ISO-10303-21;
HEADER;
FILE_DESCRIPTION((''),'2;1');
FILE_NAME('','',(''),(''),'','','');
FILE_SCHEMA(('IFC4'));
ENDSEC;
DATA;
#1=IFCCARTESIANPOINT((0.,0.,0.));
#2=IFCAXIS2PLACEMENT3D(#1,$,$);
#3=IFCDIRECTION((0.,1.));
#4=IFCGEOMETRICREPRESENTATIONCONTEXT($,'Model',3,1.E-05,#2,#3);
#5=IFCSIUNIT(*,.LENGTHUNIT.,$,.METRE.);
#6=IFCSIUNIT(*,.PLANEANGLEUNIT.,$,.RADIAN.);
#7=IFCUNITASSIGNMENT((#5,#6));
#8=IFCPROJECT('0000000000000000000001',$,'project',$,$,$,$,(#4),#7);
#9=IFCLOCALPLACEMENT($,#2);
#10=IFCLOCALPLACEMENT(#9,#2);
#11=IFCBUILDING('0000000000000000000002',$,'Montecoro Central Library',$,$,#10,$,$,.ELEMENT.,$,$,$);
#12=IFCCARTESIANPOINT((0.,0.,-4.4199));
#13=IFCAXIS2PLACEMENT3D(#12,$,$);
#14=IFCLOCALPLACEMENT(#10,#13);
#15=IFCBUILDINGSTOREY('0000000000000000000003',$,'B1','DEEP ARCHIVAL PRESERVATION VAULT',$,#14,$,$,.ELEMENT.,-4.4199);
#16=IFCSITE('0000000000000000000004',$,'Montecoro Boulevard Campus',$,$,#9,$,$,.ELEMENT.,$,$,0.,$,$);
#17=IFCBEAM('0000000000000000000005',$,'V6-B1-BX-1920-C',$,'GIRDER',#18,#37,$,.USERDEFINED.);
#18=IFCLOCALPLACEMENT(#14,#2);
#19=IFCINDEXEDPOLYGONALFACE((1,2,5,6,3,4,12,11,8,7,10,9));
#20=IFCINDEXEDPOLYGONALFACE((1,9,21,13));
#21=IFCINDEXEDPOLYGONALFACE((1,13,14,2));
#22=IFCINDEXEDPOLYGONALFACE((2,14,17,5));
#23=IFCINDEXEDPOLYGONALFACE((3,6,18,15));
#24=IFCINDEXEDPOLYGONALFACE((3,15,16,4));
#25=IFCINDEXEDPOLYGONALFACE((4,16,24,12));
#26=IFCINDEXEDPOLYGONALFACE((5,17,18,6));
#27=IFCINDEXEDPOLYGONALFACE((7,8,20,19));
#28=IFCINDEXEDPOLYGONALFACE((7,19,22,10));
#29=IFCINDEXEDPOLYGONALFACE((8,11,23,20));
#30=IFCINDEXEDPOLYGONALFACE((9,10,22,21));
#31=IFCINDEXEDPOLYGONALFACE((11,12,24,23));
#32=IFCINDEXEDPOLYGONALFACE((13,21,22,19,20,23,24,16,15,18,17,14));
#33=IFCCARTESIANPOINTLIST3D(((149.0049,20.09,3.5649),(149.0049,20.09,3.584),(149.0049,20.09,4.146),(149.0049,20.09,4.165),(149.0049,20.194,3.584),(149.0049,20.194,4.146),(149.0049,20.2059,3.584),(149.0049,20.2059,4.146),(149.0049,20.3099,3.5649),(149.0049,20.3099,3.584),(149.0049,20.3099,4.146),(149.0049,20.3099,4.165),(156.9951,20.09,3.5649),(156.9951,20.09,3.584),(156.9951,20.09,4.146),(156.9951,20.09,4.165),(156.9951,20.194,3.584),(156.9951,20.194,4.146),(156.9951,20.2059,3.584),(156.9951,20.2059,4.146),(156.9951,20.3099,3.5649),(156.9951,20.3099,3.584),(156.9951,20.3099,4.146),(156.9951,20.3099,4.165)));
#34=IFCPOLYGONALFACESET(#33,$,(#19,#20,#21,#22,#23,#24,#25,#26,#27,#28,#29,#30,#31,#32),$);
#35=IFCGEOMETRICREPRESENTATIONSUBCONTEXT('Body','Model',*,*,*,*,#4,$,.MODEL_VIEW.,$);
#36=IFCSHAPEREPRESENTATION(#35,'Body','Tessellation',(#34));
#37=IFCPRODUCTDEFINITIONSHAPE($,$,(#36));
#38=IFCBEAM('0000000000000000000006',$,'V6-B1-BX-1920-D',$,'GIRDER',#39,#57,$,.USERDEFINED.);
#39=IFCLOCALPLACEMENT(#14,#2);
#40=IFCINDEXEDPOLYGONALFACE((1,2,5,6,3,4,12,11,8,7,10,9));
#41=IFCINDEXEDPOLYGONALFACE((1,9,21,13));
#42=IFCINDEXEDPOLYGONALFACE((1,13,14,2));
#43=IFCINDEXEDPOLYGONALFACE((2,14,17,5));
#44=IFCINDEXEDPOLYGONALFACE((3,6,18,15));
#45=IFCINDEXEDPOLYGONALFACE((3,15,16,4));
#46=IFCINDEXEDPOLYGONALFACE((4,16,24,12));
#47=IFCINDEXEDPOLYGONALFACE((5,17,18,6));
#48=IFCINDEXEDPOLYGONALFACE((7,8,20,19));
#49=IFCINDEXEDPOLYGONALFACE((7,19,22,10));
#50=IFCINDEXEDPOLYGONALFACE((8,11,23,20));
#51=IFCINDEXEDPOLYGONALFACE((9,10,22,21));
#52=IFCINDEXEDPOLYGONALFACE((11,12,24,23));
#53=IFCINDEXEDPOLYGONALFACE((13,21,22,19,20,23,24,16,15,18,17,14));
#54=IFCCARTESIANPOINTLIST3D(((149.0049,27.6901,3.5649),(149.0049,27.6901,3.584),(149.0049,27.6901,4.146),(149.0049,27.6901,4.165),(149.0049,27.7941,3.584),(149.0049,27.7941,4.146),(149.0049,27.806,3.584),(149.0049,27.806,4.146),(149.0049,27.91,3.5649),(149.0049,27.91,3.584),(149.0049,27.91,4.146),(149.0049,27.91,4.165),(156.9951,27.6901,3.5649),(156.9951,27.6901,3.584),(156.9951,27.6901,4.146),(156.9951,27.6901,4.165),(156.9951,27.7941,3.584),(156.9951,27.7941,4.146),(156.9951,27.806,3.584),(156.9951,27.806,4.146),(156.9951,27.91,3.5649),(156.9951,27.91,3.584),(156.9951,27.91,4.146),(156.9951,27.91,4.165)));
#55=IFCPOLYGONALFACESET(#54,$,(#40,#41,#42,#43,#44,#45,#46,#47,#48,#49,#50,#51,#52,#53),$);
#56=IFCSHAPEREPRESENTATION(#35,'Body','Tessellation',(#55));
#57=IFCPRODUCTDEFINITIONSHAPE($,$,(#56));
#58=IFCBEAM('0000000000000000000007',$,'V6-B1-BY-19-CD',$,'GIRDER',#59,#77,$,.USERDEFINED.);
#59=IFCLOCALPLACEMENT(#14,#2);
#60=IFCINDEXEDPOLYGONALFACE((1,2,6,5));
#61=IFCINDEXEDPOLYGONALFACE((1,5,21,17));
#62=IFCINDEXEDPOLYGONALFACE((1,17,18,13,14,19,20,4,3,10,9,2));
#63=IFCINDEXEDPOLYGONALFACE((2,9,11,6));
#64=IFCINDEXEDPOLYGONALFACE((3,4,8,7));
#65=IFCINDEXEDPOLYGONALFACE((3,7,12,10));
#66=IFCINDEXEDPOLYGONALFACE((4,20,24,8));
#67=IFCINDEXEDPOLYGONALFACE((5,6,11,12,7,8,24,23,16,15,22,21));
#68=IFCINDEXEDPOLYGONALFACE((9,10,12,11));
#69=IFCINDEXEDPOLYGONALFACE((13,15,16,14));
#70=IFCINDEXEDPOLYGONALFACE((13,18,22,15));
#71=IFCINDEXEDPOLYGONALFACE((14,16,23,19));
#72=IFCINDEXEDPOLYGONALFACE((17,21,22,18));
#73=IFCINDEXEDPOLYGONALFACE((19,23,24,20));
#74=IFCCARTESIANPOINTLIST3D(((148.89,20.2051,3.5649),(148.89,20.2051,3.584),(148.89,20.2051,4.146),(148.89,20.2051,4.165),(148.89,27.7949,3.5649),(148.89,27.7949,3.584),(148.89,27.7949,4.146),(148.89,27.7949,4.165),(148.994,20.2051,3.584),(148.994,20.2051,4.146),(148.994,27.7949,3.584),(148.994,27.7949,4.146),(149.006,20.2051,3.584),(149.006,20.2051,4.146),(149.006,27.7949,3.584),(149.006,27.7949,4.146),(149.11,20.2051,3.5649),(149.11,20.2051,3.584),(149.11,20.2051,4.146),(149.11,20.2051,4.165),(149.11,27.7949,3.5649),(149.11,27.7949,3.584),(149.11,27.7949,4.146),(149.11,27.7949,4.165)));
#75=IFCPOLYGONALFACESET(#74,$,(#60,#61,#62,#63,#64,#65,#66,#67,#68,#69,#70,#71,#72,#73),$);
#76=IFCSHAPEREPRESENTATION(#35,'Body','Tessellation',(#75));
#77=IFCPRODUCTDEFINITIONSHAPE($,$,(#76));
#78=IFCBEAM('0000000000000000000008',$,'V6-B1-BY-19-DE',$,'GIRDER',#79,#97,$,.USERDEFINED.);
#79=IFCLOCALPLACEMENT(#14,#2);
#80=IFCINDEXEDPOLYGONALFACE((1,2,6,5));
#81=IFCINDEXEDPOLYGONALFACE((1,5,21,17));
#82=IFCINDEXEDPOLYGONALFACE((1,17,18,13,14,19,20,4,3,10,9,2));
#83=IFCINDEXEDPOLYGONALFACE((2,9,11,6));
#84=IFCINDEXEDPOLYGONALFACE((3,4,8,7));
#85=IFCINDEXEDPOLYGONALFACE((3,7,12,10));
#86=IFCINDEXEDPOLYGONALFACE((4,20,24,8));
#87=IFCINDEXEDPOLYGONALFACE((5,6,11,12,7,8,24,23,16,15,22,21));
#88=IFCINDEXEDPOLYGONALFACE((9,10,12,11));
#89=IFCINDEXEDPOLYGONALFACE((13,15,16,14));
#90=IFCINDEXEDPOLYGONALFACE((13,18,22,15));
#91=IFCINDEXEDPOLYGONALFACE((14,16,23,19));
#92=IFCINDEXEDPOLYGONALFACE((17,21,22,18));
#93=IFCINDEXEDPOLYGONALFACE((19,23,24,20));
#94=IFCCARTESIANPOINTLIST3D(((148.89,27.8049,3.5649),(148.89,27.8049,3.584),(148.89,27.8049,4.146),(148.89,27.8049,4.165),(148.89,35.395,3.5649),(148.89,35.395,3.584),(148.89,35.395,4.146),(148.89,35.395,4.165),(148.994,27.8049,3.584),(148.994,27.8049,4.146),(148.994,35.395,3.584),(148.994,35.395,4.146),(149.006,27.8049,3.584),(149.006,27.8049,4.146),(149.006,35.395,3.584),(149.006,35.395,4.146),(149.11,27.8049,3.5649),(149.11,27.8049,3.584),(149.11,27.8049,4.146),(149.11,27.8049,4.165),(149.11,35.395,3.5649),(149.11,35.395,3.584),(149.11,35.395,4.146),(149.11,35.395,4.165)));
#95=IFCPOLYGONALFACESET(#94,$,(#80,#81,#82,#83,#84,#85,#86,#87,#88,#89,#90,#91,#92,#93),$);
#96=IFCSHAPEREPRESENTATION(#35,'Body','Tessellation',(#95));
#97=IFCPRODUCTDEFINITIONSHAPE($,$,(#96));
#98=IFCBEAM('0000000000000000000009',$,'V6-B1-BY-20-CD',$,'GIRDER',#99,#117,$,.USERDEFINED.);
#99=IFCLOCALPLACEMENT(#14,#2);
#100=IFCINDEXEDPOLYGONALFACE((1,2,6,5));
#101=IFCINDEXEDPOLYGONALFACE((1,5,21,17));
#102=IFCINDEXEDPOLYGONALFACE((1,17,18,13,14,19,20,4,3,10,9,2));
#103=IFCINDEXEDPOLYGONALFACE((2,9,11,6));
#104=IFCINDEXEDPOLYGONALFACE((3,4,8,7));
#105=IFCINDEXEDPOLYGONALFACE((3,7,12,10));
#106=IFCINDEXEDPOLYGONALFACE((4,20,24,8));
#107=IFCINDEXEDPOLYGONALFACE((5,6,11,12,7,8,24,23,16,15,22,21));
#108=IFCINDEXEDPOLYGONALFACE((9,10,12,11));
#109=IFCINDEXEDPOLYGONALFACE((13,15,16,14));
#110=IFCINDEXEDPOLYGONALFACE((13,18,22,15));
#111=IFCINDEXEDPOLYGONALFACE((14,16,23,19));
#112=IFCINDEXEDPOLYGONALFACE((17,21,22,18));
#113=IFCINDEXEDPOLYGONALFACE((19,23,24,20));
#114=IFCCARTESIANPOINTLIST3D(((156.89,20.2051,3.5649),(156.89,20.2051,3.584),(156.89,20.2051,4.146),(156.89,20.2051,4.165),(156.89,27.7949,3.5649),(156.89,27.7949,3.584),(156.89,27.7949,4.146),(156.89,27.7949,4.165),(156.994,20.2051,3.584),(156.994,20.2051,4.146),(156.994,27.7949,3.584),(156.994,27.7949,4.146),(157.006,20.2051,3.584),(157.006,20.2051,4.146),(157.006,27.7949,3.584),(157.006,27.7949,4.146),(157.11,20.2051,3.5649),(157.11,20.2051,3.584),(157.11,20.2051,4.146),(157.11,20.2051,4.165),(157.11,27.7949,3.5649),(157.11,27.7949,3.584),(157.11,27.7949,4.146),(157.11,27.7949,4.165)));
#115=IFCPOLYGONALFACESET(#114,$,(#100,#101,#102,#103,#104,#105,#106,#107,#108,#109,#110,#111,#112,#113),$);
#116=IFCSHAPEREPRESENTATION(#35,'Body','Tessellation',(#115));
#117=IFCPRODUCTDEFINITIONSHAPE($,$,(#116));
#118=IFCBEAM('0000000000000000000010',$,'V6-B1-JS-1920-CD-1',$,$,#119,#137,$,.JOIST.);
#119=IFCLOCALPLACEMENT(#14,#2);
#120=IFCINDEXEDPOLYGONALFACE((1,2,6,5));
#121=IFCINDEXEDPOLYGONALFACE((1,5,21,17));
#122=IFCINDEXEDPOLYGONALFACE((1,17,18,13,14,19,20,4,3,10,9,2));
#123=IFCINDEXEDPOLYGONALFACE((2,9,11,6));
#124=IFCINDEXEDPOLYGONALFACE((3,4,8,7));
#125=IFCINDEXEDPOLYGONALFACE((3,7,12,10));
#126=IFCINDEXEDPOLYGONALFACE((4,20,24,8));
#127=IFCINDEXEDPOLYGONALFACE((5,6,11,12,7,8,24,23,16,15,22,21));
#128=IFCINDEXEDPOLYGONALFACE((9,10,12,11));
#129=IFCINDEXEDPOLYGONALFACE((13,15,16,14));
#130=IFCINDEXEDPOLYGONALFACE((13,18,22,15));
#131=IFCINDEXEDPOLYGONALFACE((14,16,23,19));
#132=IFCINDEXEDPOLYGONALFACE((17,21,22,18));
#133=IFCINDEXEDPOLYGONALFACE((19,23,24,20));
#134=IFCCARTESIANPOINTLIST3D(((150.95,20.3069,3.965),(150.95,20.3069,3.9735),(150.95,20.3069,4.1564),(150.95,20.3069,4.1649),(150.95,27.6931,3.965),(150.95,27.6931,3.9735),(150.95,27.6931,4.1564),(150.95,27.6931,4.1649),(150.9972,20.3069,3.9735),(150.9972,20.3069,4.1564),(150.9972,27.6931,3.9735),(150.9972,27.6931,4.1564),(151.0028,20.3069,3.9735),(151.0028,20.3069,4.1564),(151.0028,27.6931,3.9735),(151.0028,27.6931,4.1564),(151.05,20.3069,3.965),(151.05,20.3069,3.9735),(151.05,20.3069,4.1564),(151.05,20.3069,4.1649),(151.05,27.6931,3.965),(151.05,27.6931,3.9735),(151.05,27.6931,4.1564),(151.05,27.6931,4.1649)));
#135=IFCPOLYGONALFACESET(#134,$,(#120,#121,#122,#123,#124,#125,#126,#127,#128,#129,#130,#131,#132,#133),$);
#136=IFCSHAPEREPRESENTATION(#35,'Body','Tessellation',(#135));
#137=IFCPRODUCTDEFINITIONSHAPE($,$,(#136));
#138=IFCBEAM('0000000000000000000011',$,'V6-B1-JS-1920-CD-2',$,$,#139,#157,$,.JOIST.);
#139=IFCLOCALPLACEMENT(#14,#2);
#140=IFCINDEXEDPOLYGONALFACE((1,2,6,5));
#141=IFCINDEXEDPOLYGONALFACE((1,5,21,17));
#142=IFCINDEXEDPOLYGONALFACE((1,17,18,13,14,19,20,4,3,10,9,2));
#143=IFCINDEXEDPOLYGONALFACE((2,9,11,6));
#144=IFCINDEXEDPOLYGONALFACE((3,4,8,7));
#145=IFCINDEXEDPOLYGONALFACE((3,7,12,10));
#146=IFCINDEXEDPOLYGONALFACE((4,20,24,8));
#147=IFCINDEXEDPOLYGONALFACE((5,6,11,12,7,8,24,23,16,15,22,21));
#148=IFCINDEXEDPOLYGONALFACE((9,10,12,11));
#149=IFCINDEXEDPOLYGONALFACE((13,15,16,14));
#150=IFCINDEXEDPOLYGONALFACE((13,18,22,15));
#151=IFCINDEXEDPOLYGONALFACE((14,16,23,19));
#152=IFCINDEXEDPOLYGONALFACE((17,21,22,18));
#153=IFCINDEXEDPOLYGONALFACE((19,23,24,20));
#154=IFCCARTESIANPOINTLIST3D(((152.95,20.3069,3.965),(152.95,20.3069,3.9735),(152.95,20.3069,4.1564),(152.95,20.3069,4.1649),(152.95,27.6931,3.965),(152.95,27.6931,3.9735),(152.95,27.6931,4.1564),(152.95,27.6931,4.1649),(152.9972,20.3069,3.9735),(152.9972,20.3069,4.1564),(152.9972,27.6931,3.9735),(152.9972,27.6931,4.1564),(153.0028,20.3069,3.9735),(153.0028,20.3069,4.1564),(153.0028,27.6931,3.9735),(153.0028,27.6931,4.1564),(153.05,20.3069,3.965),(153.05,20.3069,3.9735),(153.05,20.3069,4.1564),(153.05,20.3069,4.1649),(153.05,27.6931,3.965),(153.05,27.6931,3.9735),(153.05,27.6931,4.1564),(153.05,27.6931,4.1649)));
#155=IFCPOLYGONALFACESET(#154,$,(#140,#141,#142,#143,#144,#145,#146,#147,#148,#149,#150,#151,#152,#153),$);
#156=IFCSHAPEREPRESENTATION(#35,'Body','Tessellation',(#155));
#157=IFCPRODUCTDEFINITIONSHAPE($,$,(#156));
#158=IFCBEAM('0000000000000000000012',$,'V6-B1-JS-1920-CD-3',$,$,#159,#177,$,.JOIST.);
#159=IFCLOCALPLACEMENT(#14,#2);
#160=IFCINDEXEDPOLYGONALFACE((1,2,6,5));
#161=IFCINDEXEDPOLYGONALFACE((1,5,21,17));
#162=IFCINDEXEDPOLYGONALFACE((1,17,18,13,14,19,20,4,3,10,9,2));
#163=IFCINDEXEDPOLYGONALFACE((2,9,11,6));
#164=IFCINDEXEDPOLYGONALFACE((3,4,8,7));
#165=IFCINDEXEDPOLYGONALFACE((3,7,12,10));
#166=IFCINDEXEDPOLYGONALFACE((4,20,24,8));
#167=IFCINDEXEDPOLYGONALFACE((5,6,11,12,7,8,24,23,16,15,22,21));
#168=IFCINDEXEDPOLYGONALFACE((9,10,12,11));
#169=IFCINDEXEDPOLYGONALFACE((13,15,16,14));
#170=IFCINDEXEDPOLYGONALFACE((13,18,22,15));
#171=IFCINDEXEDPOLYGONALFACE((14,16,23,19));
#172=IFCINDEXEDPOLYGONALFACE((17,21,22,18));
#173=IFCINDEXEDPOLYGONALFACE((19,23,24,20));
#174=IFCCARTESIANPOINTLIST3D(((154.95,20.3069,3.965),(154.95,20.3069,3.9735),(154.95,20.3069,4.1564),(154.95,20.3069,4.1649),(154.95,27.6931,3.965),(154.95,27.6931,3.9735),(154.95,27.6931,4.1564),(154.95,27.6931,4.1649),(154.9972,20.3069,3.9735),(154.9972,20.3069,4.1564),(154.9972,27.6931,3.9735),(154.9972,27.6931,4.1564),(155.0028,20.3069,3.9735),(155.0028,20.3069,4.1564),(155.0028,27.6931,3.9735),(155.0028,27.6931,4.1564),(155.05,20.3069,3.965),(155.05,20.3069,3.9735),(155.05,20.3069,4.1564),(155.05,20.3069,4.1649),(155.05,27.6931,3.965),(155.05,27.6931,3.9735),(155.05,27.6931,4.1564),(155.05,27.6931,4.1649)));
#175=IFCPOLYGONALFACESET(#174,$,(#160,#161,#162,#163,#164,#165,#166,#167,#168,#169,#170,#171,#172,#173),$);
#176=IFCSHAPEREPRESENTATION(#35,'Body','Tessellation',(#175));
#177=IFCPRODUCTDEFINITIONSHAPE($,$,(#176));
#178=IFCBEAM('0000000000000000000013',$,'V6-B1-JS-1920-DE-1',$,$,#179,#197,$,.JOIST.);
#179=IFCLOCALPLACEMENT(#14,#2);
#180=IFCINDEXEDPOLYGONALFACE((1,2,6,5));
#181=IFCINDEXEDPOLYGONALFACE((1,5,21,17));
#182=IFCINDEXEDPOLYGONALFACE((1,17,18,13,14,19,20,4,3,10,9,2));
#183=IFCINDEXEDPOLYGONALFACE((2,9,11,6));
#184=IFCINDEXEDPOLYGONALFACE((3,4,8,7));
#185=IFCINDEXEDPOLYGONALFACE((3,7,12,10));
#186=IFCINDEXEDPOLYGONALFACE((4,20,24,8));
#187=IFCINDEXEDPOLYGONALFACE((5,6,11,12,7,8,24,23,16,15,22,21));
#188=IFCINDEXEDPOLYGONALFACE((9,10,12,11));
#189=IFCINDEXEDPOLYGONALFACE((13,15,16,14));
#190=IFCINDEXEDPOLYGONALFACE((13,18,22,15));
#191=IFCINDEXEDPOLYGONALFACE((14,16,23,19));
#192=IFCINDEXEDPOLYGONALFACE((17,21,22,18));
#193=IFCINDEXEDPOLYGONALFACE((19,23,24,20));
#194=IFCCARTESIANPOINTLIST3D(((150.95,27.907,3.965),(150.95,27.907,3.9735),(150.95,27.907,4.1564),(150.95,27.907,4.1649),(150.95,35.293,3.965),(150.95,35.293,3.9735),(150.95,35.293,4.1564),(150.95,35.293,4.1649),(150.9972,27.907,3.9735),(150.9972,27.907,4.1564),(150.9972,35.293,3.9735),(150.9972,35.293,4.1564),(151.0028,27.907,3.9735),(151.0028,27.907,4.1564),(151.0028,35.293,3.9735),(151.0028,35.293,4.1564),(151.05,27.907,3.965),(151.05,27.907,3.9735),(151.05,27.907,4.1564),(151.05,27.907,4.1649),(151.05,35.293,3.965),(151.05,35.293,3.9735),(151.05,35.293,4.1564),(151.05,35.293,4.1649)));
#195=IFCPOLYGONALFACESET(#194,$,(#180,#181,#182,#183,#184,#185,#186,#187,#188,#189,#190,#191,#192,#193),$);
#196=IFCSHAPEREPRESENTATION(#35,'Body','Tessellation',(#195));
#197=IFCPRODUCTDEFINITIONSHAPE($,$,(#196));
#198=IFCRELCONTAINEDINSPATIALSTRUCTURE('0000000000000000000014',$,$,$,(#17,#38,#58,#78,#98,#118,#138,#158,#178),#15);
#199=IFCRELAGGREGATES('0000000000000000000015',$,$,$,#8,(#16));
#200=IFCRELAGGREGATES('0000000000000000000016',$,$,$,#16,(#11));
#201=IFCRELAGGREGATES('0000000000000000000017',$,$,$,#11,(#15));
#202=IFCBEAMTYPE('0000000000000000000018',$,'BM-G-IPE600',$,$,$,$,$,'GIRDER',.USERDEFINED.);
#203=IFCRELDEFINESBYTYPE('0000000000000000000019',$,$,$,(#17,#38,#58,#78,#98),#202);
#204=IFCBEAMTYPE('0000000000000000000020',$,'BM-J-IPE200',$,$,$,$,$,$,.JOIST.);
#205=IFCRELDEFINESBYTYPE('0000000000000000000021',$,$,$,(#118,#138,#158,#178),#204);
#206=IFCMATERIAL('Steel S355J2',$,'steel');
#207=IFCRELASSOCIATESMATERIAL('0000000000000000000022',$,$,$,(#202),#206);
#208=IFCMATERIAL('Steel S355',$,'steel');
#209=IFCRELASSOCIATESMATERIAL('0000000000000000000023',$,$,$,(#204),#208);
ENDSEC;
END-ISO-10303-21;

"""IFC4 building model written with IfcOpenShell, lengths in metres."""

from ifc_helpers import new_model, si_unit, direction, frame, origin, origin_2d, place, context, subcontext, project, spatial, i_section, extrude, material, material_profile, profile_set, type_object, element, save


model = new_model("IFC4")

# Units and contexts
model_context = context("Model", 3, precision=1e-05, world=origin(), true_north=direction((0.0, 1.0)))
body_context = subcontext(model_context, "Body", "Model", "MODEL_VIEW")
ifc_project = project(units=[si_unit("LENGTHUNIT", "METRE"), si_unit("PLANEANGLEUNIT", "RADIAN")], contexts=[model_context])

# Site, building, storey
site_placement = place(None, origin())
site = spatial("IfcSite", under=ifc_project, at=site_placement, Name="Montecoro Boulevard Campus", CompositionType="ELEMENT", RefElevation=0.0)
building_placement = place(site_placement, origin())
building = spatial("IfcBuilding", under=site, at=building_placement, Name="Montecoro Central Library", CompositionType="ELEMENT")
storey_placement = place(building_placement, frame((0.0, 0.0, -4.4199)))
storey = spatial("IfcBuildingStorey", under=building, at=storey_placement, Name="B1", Description="DEEP ARCHIVAL PRESERVATION VAULT", CompositionType="ELEMENT", Elevation=-4.4199)

# Shared definitions
ifc_material_1 = material(Name="Steel S355J2", Category="steel")

# Beams
ifc_material_profile_1 = material_profile(ifc_material_1, i_section(OverallWidth=0.22, OverallDepth=0.6001, WebThickness=0.012, FlangeThickness=0.019, at=origin_2d()), Name="IPE 600")
ifc_profile_set_1 = profile_set([ifc_material_profile_1], Name="Steel S355J2")
beam_type_1 = type_object("IfcBeamType", Name="BM-G-IPE600", ElementType="GIRDER", PredefinedType="USERDEFINED", material=ifc_profile_set_1)
for number, where, z_axis, x_axis, name in (
    (1, (149.0049, 20.2, 3.865), (1.0, 0.0, 0.0), (0.0, 1.0, 0.0), "V6-B1-BX-1920-C"),
    (2, (149.0049, 27.8, 3.865), (1.0, 0.0, 0.0), (0.0, 1.0, 0.0), "V6-B1-BX-1920-D"),
):
    element("IfcBeam", number, at=place(storey_placement, frame(where, z_axis=z_axis, x_axis=x_axis)), inside=storey, type_object=beam_type_1, Name=name, ObjectType="GIRDER", PredefinedType="USERDEFINED", context=body_context, shape_type="SweptSolid", body=[
        extrude(i_section(OverallWidth=0.22, OverallDepth=0.6001, WebThickness=0.012, FlangeThickness=0.019, at=origin_2d()), origin(), (0.0, 0.0, 1.0), 7.9902),
    ])
beam_1_placement = place(storey_placement, frame((149.0, 20.2051, 3.865), z_axis=(0.0, 1.0, 0.0), x_axis=(-1.0, 0.0, 0.0)))
element("IfcBeam", 3, at=beam_1_placement, inside=storey, type_object=beam_type_1, Name="V6-B1-BY-19-CD", ObjectType="GIRDER", PredefinedType="USERDEFINED", context=body_context, shape_type="SweptSolid", body=[
    extrude(i_section(OverallWidth=0.22, OverallDepth=0.6001, WebThickness=0.012, FlangeThickness=0.019, at=origin_2d()), origin(), (0.0, 0.0, 1.0), 7.5898),
])
beam_2_placement = place(storey_placement, frame((149.0, 27.8049, 3.865), z_axis=(0.0, 1.0, 0.0), x_axis=(-1.0, 0.0, 0.0)))
element("IfcBeam", 4, at=beam_2_placement, inside=storey, type_object=beam_type_1, Name="V6-B1-BY-19-DE", ObjectType="GIRDER", PredefinedType="USERDEFINED", context=body_context, shape_type="SweptSolid", body=[
    extrude(i_section(OverallWidth=0.22, OverallDepth=0.6001, WebThickness=0.012, FlangeThickness=0.019, at=origin_2d()), origin(), (0.0, 0.0, 1.0), 7.5901),
])
beam_3_placement = place(storey_placement, frame((157.0, 20.2051, 3.865), z_axis=(0.0, 1.0, 0.0), x_axis=(-1.0, 0.0, 0.0)))
element("IfcBeam", 5, at=beam_3_placement, inside=storey, type_object=beam_type_1, Name="V6-B1-BY-20-CD", ObjectType="GIRDER", PredefinedType="USERDEFINED", context=body_context, shape_type="SweptSolid", body=[
    extrude(i_section(OverallWidth=0.22, OverallDepth=0.6001, WebThickness=0.012, FlangeThickness=0.019, at=origin_2d()), origin(), (0.0, 0.0, 1.0), 7.5898),
])
ifc_material_2 = material(Name="Steel S355", Category="steel")
ifc_material_profile_2 = material_profile(ifc_material_2, i_section(OverallWidth=0.1001, OverallDepth=0.2, WebThickness=0.0056, FlangeThickness=0.0085, at=origin_2d()), Name="IPE 200")
ifc_profile_set_2 = profile_set([ifc_material_profile_2], Name="Steel S355")
beam_type_2 = type_object("IfcBeamType", Name="BM-J-IPE200", PredefinedType="JOIST", material=ifc_profile_set_2)
for number, where, z_axis, x_axis, name in (
    (6, (151.0, 20.3069, 4.0649), (0.0, 1.0, 0.0), (-1.0, 0.0, 0.0), "V6-B1-JS-1920-CD-1"),
    (7, (153.0, 20.3069, 4.0649), (0.0, 1.0, 0.0), (-1.0, 0.0, 0.0), "V6-B1-JS-1920-CD-2"),
    (8, (155.0, 20.3069, 4.0649), (0.0, 1.0, 0.0), (-1.0, 0.0, 0.0), "V6-B1-JS-1920-CD-3"),
):
    element("IfcBeam", number, at=place(storey_placement, frame(where, z_axis=z_axis, x_axis=x_axis)), inside=storey, type_object=beam_type_2, Name=name, PredefinedType="JOIST", context=body_context, shape_type="SweptSolid", body=[
        extrude(i_section(OverallWidth=0.1001, OverallDepth=0.2, WebThickness=0.0056, FlangeThickness=0.0085, at=origin_2d()), origin(), (0.0, 0.0, 1.0), 7.3862),
    ])
for number, where, z_axis, x_axis, name in (
    (9, (151.0, 27.907, 4.0649), (0.0, 1.0, 0.0), (-1.0, 0.0, 0.0), "V6-B1-JS-1920-DE-1"),
):
    element("IfcBeam", number, at=place(storey_placement, frame(where, z_axis=z_axis, x_axis=x_axis)), inside=storey, type_object=beam_type_2, Name=name, PredefinedType="JOIST", context=body_context, shape_type="SweptSolid", body=[
        extrude(i_section(OverallWidth=0.1001, OverallDepth=0.2, WebThickness=0.0056, FlangeThickness=0.0085, at=origin_2d()), origin(), (0.0, 0.0, 1.0), 7.386),
    ])

save(model, "model.ifc")
